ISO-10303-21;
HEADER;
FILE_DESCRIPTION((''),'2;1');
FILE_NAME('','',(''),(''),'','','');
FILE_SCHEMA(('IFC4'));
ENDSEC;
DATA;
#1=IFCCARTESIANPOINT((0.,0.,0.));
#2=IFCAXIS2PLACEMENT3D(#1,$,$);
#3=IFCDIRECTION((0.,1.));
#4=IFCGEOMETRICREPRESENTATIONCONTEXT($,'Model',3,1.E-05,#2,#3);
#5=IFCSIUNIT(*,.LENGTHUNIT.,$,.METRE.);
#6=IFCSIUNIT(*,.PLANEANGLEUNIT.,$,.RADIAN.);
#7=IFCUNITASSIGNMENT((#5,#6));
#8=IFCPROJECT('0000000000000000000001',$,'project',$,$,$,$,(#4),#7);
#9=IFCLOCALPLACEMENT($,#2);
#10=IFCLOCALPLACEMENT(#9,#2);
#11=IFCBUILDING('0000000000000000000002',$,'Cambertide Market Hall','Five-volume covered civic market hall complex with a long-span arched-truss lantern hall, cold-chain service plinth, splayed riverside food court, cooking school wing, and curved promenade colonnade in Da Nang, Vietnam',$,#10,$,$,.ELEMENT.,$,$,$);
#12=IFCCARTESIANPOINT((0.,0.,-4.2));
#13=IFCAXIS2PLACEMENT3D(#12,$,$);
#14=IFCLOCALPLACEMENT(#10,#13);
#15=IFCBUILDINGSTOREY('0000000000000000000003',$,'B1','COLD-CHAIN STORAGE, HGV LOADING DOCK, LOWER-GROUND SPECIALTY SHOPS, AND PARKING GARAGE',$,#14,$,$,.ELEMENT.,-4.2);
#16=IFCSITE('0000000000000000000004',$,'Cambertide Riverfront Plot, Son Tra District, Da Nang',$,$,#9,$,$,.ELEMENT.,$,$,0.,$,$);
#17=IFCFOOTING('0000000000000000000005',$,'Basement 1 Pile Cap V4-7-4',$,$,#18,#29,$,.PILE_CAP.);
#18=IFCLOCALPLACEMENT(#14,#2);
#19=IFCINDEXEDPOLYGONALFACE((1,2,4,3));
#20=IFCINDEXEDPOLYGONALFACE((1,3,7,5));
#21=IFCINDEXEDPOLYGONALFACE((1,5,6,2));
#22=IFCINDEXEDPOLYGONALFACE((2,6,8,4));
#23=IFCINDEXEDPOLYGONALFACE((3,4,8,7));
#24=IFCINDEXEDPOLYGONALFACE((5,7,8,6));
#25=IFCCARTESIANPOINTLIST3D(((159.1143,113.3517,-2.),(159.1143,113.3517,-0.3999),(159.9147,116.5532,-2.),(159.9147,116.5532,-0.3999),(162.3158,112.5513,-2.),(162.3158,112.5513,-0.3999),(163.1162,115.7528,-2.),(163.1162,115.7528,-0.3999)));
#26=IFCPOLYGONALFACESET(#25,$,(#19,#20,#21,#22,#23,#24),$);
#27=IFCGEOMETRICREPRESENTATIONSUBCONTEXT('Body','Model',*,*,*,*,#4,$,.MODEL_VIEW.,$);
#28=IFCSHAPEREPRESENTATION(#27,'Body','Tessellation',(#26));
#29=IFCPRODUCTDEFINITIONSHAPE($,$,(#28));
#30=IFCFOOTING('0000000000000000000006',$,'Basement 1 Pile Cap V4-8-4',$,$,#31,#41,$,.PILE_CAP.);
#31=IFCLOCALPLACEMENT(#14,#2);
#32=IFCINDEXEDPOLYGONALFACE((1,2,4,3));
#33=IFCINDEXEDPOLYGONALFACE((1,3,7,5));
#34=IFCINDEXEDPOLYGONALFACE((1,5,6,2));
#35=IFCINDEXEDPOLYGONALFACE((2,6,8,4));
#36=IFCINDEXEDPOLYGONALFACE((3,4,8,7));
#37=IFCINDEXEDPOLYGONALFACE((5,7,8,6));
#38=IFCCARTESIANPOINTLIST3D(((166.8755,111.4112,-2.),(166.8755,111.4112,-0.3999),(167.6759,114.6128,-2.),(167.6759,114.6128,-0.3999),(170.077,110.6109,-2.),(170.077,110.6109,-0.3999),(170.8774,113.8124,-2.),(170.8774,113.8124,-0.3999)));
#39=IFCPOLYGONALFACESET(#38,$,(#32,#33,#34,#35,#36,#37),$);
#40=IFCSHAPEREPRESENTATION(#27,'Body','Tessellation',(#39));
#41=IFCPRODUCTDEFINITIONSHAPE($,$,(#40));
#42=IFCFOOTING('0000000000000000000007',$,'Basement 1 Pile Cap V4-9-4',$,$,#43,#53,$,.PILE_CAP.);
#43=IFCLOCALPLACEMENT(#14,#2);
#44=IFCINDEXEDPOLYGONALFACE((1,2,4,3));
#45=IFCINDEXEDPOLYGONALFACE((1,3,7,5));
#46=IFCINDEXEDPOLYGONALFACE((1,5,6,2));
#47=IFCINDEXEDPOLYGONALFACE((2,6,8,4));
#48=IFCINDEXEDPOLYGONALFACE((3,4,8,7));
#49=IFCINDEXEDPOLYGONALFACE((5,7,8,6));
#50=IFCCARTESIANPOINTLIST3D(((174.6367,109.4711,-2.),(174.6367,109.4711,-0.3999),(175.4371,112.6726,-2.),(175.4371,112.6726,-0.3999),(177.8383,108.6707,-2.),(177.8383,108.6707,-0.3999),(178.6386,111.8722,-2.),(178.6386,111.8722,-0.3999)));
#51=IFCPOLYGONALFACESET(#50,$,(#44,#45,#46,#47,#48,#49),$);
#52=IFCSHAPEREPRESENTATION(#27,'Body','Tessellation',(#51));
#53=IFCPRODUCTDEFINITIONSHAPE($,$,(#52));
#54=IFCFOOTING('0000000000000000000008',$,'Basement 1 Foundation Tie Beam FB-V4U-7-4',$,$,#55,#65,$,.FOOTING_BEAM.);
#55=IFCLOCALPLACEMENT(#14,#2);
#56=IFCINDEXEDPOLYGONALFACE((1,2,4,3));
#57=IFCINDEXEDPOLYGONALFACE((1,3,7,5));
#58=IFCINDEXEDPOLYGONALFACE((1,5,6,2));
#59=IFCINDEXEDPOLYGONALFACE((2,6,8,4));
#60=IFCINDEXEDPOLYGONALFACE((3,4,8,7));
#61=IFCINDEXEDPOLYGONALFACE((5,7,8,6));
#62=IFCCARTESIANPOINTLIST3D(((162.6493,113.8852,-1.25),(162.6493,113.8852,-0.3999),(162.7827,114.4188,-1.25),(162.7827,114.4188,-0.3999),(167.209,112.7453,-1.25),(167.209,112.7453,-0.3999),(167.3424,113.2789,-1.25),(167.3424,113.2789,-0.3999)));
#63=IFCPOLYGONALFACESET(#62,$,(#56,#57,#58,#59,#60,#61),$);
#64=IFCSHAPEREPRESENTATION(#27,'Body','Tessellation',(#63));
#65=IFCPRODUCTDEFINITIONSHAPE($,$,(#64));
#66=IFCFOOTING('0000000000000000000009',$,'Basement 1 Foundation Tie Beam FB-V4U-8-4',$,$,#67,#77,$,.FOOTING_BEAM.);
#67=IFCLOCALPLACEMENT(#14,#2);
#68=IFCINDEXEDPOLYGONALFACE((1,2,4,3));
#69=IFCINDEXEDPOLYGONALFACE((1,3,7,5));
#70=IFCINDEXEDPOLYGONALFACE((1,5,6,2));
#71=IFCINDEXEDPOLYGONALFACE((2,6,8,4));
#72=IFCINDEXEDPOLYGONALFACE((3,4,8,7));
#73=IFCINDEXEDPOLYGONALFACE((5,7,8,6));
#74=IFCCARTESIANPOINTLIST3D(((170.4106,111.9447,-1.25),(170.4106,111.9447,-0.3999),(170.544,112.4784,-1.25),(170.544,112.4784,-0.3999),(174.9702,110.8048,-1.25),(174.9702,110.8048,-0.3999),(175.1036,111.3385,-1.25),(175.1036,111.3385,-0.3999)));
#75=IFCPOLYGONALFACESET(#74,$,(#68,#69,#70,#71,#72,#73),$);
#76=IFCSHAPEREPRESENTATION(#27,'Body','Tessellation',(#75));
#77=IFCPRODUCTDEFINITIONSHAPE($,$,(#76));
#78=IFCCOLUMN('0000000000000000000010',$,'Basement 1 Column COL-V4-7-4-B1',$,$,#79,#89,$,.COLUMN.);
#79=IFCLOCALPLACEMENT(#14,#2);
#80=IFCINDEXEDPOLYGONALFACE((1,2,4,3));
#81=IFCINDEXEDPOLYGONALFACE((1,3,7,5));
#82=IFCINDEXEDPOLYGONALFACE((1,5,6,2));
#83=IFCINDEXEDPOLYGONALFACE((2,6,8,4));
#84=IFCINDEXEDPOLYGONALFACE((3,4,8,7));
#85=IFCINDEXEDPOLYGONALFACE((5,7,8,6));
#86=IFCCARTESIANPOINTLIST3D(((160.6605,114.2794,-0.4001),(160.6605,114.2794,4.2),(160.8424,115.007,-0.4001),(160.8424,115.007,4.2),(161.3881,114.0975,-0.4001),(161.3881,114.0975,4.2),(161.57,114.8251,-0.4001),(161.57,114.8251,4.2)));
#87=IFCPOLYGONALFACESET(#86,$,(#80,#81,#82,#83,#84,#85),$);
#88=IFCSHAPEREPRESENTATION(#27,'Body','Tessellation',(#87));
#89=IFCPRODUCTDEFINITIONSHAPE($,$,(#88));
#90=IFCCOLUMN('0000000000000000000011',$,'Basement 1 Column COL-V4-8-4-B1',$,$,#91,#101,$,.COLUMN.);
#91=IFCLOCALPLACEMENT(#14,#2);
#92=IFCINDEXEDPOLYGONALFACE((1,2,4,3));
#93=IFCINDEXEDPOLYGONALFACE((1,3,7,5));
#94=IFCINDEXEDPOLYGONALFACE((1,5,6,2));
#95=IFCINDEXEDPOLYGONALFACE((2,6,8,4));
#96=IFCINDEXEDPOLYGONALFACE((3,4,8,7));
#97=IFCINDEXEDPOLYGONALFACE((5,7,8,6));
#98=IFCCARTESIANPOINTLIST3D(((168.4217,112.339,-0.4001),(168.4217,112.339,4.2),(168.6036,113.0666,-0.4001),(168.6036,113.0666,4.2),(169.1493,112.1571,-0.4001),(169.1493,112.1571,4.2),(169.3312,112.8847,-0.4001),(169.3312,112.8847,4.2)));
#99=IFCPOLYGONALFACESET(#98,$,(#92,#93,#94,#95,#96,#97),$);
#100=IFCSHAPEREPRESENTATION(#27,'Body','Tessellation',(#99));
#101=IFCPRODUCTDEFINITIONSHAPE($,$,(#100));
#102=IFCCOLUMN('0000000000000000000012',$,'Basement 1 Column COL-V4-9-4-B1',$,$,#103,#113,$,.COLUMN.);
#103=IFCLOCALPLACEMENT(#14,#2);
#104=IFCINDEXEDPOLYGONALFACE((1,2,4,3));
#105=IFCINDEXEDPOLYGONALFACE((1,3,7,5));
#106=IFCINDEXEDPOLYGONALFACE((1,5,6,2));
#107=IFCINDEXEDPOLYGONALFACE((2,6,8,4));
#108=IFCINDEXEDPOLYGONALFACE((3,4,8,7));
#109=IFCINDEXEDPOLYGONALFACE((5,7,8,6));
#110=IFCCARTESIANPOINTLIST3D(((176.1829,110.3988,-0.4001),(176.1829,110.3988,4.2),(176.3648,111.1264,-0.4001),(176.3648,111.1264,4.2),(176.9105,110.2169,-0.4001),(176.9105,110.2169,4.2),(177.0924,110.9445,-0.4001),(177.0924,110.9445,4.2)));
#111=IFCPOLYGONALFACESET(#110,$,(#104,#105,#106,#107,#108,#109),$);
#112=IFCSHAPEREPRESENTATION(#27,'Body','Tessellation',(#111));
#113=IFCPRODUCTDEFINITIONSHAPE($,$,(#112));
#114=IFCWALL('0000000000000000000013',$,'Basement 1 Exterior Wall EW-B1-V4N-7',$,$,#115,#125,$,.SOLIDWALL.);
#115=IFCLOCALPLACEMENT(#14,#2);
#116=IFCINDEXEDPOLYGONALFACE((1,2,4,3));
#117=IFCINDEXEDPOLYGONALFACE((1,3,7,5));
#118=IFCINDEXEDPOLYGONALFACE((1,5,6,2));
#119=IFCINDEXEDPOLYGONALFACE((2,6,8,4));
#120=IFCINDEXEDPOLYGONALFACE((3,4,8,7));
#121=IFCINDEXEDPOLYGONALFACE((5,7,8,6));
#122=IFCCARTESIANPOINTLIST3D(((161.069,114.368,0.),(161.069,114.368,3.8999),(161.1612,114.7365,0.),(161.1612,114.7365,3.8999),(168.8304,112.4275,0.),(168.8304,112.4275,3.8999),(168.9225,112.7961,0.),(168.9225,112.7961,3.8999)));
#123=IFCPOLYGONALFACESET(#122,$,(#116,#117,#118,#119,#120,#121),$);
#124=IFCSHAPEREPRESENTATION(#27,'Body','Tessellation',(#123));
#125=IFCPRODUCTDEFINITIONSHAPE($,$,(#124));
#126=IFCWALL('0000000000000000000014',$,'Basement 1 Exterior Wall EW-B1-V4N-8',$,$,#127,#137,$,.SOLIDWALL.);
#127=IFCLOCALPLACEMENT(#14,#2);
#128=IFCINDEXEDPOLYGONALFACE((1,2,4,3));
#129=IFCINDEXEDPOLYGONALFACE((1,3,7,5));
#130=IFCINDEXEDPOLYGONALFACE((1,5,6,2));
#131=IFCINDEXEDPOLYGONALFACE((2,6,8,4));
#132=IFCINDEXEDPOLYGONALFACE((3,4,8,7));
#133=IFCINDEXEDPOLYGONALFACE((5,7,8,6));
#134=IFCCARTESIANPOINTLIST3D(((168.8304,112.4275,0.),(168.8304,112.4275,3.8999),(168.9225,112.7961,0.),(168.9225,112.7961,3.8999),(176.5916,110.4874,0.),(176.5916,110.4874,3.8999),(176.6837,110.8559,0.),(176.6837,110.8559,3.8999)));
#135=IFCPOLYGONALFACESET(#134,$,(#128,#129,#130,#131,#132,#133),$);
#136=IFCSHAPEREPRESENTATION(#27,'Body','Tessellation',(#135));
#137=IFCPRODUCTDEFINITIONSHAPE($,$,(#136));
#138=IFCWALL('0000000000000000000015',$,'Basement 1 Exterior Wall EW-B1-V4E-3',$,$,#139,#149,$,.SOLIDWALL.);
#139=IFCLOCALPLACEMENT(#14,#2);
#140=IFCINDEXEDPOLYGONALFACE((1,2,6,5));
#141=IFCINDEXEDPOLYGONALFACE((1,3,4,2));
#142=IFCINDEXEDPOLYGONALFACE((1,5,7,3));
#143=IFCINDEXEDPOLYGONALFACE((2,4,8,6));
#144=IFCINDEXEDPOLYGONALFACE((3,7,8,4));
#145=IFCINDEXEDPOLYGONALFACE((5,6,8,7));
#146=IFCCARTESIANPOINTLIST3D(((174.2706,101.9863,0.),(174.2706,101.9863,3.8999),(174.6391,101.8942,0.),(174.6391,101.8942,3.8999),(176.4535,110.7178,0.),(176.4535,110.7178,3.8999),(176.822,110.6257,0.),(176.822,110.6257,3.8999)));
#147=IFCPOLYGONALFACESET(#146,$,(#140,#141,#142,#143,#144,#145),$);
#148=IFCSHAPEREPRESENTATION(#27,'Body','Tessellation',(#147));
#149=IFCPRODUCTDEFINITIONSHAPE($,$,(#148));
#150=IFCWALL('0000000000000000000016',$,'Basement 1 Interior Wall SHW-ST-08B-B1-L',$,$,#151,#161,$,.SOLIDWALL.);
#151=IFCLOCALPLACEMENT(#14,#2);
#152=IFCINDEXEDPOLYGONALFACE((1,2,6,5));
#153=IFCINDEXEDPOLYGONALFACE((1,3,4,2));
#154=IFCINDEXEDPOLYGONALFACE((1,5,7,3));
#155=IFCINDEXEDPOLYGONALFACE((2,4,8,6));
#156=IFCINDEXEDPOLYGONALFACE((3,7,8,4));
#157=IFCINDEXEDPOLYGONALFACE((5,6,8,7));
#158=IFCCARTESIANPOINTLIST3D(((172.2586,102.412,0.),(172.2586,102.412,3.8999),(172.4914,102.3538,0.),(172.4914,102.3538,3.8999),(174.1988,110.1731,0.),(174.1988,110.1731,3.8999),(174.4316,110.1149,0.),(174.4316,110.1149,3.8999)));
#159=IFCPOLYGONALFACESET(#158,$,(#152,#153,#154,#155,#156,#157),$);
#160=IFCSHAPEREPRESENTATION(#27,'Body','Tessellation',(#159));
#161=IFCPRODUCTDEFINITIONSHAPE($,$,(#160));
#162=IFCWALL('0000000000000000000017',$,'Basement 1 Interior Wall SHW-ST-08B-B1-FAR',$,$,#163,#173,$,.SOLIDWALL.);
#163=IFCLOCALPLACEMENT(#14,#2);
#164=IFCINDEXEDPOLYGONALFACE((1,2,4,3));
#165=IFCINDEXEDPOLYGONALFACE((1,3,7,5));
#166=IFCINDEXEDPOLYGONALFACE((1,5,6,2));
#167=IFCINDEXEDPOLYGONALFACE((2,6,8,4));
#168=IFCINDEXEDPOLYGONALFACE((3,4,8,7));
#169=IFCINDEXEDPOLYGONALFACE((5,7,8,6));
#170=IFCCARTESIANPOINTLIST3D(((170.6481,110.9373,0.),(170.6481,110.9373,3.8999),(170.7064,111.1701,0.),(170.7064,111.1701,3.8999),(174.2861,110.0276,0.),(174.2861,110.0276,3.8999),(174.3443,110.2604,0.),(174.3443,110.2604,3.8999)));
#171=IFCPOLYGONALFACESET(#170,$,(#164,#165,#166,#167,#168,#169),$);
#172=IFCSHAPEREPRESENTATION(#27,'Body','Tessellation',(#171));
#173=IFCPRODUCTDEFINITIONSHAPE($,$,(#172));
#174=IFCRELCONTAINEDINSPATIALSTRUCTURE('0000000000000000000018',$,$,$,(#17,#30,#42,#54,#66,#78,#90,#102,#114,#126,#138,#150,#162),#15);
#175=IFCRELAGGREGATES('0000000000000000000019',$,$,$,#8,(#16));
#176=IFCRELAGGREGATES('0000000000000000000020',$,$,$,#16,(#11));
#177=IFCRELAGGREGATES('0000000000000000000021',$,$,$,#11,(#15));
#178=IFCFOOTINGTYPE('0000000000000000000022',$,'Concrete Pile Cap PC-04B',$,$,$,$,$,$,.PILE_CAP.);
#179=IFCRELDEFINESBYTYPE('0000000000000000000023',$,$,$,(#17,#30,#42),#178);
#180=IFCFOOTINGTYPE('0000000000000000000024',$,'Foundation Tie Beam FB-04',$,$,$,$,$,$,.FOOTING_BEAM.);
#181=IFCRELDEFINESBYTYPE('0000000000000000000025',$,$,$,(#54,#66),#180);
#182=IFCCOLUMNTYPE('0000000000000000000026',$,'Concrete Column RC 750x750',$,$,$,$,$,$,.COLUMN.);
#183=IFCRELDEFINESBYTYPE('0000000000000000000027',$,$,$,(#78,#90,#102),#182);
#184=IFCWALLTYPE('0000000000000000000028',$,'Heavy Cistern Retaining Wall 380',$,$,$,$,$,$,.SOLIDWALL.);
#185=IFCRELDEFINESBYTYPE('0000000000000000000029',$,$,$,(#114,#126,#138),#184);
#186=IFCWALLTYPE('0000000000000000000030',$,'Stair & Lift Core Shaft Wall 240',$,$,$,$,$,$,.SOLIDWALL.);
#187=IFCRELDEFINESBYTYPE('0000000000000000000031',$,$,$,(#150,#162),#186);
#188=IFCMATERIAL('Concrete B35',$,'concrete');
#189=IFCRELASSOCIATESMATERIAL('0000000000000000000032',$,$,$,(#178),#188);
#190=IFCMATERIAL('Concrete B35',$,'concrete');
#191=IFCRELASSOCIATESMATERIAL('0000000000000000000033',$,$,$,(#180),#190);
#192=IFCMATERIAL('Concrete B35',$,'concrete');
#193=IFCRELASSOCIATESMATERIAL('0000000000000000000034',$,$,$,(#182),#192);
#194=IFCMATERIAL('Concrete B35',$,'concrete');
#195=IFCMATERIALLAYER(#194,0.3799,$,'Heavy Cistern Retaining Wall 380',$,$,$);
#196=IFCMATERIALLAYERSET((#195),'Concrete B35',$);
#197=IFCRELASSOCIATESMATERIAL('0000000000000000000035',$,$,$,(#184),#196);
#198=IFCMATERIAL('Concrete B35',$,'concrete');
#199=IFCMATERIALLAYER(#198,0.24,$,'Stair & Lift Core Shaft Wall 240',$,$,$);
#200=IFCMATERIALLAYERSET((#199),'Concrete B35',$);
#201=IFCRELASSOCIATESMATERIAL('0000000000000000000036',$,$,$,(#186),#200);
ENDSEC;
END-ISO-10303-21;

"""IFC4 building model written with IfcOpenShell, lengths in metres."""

from ifc_helpers import new_model, si_unit, direction, frame, frame_2d, origin, origin_2d, place, context, subcontext, project, spatial, rectangle, extrude, material, layer, layer_set, material_profile, profile_set, type_object, element, save


model = new_model("IFC4")

# Units and contexts
model_context = context("Model", 3, precision=1e-05, world=origin(), true_north=direction((0.0, 1.0)))
body_context = subcontext(model_context, "Body", "Model", "MODEL_VIEW")
ifc_project = project(units=[si_unit("LENGTHUNIT", "METRE"), si_unit("PLANEANGLEUNIT", "RADIAN")], contexts=[model_context])

# Site, building, storey
site_placement = place(None, origin())
site = spatial("IfcSite", under=ifc_project, at=site_placement, Name="Cambertide Riverfront Plot, Son Tra District, Da Nang", CompositionType="ELEMENT", RefElevation=0.0)
building_placement = place(site_placement, origin())
building = spatial("IfcBuilding", under=site, at=building_placement, Name="Cambertide Market Hall", Description="Five-volume covered civic market hall complex with a long-span arched-truss lantern hall, cold-chain service plinth, splayed riverside food court, cooking school wing, and curved promenade colonnade in Da Nang, Vietnam", CompositionType="ELEMENT")
storey_placement = place(building_placement, frame((0.0, 0.0, -4.2)))
storey = spatial("IfcBuildingStorey", under=building, at=storey_placement, Name="B1", Description="COLD-CHAIN STORAGE, HGV LOADING DOCK, LOWER-GROUND SPECIALTY SHOPS, AND PARKING GARAGE", CompositionType="ELEMENT", Elevation=-4.2)

# Footings
ifc_material_1 = material(Name="Concrete B35", Category="concrete")
footing_type_1 = type_object("IfcFootingType", Name="Concrete Pile Cap PC-04B", PredefinedType="PILE_CAP", material=ifc_material_1)
for number, where, z_axis, x_axis, name in (
    (1, (161.1152, 114.5522, -2.0), (0.0, 0.0, 1.0), (0.970143, -0.242536, 0.0), "Basement 1 Pile Cap V4-7-4"),
    (2, (168.8765, 112.6118, -2.0), (0.0, 0.0, 1.0), (0.970143, -0.242536, 0.0), "Basement 1 Pile Cap V4-8-4"),
    (3, (176.6377, 110.6716, -2.0), (0.0, 0.0, 1.0), (0.970143, -0.242536, 0.0), "Basement 1 Pile Cap V4-9-4"),
):
    element("IfcFooting", number, at=place(storey_placement, frame(where, z_axis=z_axis, x_axis=x_axis)), inside=storey, type_object=footing_type_1, Name=name, PredefinedType="PILE_CAP", context=body_context, shape_type="SweptSolid", body=[
        extrude(rectangle(XDim=3.3, YDim=3.3, at=origin_2d()), origin(), (0.0, 0.0, 1.0), 1.6001),
    ])
ifc_material_2 = material(Name="Concrete B35", Category="concrete")
footing_type_2 = type_object("IfcFootingType", Name="Foundation Tie Beam FB-04", PredefinedType="FOOTING_BEAM", material=ifc_material_2)
for number, where, z_axis, x_axis, name in (
    (4, (164.9958, 113.582, -1.25), (0.0, 0.0, 1.0), (0.970143, -0.242536, 0.0), "Basement 1 Foundation Tie Beam FB-V4U-7-4"),
    (5, (172.7571, 111.6416, -1.25), (0.0, 0.0, 1.0), (0.970143, -0.242536, 0.0), "Basement 1 Foundation Tie Beam FB-V4U-8-4"),
):
    element("IfcFooting", number, at=place(storey_placement, frame(where, z_axis=z_axis, x_axis=x_axis)), inside=storey, type_object=footing_type_2, Name=name, PredefinedType="FOOTING_BEAM", context=body_context, shape_type="SweptSolid", body=[
        extrude(rectangle(XDim=4.7, YDim=0.55, at=origin_2d()), origin(), (0.0, 0.0, 1.0), 0.8501),
    ])

# Columns
ifc_material_3 = material(Name="Concrete B35", Category="concrete")
ifc_material_profile_1 = material_profile(ifc_material_3, rectangle(XDim=0.75, YDim=0.75, at=origin_2d()), Name="RC 750x750")
ifc_profile_set_1 = profile_set([ifc_material_profile_1], Name="Concrete B35")
column_type = type_object("IfcColumnType", Name="Concrete Column RC 750x750", PredefinedType="COLUMN", material=ifc_profile_set_1)
for number, where, z_axis, x_axis, name in (
    (6, (161.1152, 114.5522, -0.4001), (0.0, 0.0, 1.0), (0.970143, -0.242536, 0.0), "Basement 1 Column COL-V4-7-4-B1"),
    (7, (168.8765, 112.6118, -0.4001), (0.0, 0.0, 1.0), (0.970143, -0.242536, 0.0), "Basement 1 Column COL-V4-8-4-B1"),
    (8, (176.6377, 110.6716, -0.4001), (0.0, 0.0, 1.0), (0.970143, -0.242536, 0.0), "Basement 1 Column COL-V4-9-4-B1"),
):
    element("IfcColumn", number, at=place(storey_placement, frame(where, z_axis=z_axis, x_axis=x_axis)), inside=storey, type_object=column_type, Name=name, PredefinedType="COLUMN", context=body_context, shape_type="SweptSolid", body=[
        extrude(rectangle(XDim=0.75, YDim=0.75, at=origin_2d()), origin(), (0.0, 0.0, 1.0), 4.6001),
    ])

# Walls
ifc_material_4 = material(Name="Concrete B35", Category="concrete")
ifc_layer_1 = layer(ifc_material_4, 0.3799, Name="Heavy Cistern Retaining Wall 380")
ifc_layer_set_1 = layer_set([ifc_layer_1], Name="Concrete B35")
wall_type_1 = type_object("IfcWallType", Name="Heavy Cistern Retaining Wall 380", PredefinedType="SOLIDWALL", material=ifc_layer_set_1)
wall_1_placement = place(storey_placement, frame((161.1152, 114.5522, 0.0), z_axis=(0.0, 0.0, 1.0), x_axis=(0.970139, -0.24255, 0.0)))
element("IfcWall", 9, at=wall_1_placement, inside=storey, type_object=wall_type_1, Name="Basement 1 Exterior Wall EW-B1-V4N-7", PredefinedType="SOLIDWALL", context=body_context, shape_type="SweptSolid", body=[
    extrude(rectangle(XDim=8.0002, YDim=0.3799, at=frame_2d((4.0, 0.0))), origin(), (0.0, 0.0, 1.0), 3.8999),
])
wall_2_placement = place(storey_placement, frame((168.8765, 112.6118, 0.0), z_axis=(0.0, 0.0, 1.0), x_axis=(0.970146, -0.242521, 0.0)))
element("IfcWall", 10, at=wall_2_placement, inside=storey, type_object=wall_type_1, Name="Basement 1 Exterior Wall EW-B1-V4N-8", PredefinedType="SOLIDWALL", context=body_context, shape_type="SweptSolid", body=[
    extrude(rectangle(XDim=8.0, YDim=0.3799, at=frame_2d((4.0, 0.0))), origin(), (0.0, 0.0, 1.0), 3.8999),
])
wall_3_placement = place(storey_placement, frame((176.6377, 110.6716, 0.0), z_axis=(0.0, 0.0, 1.0), x_axis=(-0.242536, -0.970143, 0.0)))
element("IfcWall", 11, at=wall_3_placement, inside=storey, type_object=wall_type_1, Name="Basement 1 Exterior Wall EW-B1-V4E-3", PredefinedType="SOLIDWALL", context=body_context, shape_type="SweptSolid", body=[
    extrude(rectangle(XDim=9.0002, YDim=0.3799, at=frame_2d((4.5, 0.0))), origin(), (0.0, 0.0, 1.0), 3.8999),
])
ifc_material_5 = material(Name="Concrete B35", Category="concrete")
ifc_layer_2 = layer(ifc_material_5, 0.24, Name="Stair & Lift Core Shaft Wall 240")
ifc_layer_set_2 = layer_set([ifc_layer_2], Name="Concrete B35")
wall_type_2 = type_object("IfcWallType", Name="Stair & Lift Core Shaft Wall 240", PredefinedType="SOLIDWALL", material=ifc_layer_set_2)
wall_4_placement = place(storey_placement, frame((174.3152, 110.144, 0.0), z_axis=(0.0, 0.0, 1.0), x_axis=(-0.242521, -0.970146, 0.0)))
element("IfcWall", 12, at=wall_4_placement, inside=storey, type_object=wall_type_2, Name="Basement 1 Interior Wall SHW-ST-08B-B1-L", PredefinedType="SOLIDWALL", context=body_context, shape_type="SweptSolid", body=[
    extrude(rectangle(XDim=8.0, YDim=0.24, at=frame_2d((4.0, 0.0))), origin(), (0.0, 0.0, 1.0), 3.8999),
])
wall_5_placement = place(storey_placement, frame((170.6772, 111.0537, 0.0), z_axis=(0.0, 0.0, 1.0), x_axis=(0.970131, -0.242582, 0.0)))
element("IfcWall", 13, at=wall_5_placement, inside=storey, type_object=wall_type_2, Name="Basement 1 Interior Wall SHW-ST-08B-B1-FAR", PredefinedType="SOLIDWALL", context=body_context, shape_type="SweptSolid", body=[
    extrude(rectangle(XDim=3.75, YDim=0.24, at=frame_2d((1.875, 0.0))), origin(), (0.0, 0.0, 1.0), 3.8999),
])

save(model, "model.ifc")
